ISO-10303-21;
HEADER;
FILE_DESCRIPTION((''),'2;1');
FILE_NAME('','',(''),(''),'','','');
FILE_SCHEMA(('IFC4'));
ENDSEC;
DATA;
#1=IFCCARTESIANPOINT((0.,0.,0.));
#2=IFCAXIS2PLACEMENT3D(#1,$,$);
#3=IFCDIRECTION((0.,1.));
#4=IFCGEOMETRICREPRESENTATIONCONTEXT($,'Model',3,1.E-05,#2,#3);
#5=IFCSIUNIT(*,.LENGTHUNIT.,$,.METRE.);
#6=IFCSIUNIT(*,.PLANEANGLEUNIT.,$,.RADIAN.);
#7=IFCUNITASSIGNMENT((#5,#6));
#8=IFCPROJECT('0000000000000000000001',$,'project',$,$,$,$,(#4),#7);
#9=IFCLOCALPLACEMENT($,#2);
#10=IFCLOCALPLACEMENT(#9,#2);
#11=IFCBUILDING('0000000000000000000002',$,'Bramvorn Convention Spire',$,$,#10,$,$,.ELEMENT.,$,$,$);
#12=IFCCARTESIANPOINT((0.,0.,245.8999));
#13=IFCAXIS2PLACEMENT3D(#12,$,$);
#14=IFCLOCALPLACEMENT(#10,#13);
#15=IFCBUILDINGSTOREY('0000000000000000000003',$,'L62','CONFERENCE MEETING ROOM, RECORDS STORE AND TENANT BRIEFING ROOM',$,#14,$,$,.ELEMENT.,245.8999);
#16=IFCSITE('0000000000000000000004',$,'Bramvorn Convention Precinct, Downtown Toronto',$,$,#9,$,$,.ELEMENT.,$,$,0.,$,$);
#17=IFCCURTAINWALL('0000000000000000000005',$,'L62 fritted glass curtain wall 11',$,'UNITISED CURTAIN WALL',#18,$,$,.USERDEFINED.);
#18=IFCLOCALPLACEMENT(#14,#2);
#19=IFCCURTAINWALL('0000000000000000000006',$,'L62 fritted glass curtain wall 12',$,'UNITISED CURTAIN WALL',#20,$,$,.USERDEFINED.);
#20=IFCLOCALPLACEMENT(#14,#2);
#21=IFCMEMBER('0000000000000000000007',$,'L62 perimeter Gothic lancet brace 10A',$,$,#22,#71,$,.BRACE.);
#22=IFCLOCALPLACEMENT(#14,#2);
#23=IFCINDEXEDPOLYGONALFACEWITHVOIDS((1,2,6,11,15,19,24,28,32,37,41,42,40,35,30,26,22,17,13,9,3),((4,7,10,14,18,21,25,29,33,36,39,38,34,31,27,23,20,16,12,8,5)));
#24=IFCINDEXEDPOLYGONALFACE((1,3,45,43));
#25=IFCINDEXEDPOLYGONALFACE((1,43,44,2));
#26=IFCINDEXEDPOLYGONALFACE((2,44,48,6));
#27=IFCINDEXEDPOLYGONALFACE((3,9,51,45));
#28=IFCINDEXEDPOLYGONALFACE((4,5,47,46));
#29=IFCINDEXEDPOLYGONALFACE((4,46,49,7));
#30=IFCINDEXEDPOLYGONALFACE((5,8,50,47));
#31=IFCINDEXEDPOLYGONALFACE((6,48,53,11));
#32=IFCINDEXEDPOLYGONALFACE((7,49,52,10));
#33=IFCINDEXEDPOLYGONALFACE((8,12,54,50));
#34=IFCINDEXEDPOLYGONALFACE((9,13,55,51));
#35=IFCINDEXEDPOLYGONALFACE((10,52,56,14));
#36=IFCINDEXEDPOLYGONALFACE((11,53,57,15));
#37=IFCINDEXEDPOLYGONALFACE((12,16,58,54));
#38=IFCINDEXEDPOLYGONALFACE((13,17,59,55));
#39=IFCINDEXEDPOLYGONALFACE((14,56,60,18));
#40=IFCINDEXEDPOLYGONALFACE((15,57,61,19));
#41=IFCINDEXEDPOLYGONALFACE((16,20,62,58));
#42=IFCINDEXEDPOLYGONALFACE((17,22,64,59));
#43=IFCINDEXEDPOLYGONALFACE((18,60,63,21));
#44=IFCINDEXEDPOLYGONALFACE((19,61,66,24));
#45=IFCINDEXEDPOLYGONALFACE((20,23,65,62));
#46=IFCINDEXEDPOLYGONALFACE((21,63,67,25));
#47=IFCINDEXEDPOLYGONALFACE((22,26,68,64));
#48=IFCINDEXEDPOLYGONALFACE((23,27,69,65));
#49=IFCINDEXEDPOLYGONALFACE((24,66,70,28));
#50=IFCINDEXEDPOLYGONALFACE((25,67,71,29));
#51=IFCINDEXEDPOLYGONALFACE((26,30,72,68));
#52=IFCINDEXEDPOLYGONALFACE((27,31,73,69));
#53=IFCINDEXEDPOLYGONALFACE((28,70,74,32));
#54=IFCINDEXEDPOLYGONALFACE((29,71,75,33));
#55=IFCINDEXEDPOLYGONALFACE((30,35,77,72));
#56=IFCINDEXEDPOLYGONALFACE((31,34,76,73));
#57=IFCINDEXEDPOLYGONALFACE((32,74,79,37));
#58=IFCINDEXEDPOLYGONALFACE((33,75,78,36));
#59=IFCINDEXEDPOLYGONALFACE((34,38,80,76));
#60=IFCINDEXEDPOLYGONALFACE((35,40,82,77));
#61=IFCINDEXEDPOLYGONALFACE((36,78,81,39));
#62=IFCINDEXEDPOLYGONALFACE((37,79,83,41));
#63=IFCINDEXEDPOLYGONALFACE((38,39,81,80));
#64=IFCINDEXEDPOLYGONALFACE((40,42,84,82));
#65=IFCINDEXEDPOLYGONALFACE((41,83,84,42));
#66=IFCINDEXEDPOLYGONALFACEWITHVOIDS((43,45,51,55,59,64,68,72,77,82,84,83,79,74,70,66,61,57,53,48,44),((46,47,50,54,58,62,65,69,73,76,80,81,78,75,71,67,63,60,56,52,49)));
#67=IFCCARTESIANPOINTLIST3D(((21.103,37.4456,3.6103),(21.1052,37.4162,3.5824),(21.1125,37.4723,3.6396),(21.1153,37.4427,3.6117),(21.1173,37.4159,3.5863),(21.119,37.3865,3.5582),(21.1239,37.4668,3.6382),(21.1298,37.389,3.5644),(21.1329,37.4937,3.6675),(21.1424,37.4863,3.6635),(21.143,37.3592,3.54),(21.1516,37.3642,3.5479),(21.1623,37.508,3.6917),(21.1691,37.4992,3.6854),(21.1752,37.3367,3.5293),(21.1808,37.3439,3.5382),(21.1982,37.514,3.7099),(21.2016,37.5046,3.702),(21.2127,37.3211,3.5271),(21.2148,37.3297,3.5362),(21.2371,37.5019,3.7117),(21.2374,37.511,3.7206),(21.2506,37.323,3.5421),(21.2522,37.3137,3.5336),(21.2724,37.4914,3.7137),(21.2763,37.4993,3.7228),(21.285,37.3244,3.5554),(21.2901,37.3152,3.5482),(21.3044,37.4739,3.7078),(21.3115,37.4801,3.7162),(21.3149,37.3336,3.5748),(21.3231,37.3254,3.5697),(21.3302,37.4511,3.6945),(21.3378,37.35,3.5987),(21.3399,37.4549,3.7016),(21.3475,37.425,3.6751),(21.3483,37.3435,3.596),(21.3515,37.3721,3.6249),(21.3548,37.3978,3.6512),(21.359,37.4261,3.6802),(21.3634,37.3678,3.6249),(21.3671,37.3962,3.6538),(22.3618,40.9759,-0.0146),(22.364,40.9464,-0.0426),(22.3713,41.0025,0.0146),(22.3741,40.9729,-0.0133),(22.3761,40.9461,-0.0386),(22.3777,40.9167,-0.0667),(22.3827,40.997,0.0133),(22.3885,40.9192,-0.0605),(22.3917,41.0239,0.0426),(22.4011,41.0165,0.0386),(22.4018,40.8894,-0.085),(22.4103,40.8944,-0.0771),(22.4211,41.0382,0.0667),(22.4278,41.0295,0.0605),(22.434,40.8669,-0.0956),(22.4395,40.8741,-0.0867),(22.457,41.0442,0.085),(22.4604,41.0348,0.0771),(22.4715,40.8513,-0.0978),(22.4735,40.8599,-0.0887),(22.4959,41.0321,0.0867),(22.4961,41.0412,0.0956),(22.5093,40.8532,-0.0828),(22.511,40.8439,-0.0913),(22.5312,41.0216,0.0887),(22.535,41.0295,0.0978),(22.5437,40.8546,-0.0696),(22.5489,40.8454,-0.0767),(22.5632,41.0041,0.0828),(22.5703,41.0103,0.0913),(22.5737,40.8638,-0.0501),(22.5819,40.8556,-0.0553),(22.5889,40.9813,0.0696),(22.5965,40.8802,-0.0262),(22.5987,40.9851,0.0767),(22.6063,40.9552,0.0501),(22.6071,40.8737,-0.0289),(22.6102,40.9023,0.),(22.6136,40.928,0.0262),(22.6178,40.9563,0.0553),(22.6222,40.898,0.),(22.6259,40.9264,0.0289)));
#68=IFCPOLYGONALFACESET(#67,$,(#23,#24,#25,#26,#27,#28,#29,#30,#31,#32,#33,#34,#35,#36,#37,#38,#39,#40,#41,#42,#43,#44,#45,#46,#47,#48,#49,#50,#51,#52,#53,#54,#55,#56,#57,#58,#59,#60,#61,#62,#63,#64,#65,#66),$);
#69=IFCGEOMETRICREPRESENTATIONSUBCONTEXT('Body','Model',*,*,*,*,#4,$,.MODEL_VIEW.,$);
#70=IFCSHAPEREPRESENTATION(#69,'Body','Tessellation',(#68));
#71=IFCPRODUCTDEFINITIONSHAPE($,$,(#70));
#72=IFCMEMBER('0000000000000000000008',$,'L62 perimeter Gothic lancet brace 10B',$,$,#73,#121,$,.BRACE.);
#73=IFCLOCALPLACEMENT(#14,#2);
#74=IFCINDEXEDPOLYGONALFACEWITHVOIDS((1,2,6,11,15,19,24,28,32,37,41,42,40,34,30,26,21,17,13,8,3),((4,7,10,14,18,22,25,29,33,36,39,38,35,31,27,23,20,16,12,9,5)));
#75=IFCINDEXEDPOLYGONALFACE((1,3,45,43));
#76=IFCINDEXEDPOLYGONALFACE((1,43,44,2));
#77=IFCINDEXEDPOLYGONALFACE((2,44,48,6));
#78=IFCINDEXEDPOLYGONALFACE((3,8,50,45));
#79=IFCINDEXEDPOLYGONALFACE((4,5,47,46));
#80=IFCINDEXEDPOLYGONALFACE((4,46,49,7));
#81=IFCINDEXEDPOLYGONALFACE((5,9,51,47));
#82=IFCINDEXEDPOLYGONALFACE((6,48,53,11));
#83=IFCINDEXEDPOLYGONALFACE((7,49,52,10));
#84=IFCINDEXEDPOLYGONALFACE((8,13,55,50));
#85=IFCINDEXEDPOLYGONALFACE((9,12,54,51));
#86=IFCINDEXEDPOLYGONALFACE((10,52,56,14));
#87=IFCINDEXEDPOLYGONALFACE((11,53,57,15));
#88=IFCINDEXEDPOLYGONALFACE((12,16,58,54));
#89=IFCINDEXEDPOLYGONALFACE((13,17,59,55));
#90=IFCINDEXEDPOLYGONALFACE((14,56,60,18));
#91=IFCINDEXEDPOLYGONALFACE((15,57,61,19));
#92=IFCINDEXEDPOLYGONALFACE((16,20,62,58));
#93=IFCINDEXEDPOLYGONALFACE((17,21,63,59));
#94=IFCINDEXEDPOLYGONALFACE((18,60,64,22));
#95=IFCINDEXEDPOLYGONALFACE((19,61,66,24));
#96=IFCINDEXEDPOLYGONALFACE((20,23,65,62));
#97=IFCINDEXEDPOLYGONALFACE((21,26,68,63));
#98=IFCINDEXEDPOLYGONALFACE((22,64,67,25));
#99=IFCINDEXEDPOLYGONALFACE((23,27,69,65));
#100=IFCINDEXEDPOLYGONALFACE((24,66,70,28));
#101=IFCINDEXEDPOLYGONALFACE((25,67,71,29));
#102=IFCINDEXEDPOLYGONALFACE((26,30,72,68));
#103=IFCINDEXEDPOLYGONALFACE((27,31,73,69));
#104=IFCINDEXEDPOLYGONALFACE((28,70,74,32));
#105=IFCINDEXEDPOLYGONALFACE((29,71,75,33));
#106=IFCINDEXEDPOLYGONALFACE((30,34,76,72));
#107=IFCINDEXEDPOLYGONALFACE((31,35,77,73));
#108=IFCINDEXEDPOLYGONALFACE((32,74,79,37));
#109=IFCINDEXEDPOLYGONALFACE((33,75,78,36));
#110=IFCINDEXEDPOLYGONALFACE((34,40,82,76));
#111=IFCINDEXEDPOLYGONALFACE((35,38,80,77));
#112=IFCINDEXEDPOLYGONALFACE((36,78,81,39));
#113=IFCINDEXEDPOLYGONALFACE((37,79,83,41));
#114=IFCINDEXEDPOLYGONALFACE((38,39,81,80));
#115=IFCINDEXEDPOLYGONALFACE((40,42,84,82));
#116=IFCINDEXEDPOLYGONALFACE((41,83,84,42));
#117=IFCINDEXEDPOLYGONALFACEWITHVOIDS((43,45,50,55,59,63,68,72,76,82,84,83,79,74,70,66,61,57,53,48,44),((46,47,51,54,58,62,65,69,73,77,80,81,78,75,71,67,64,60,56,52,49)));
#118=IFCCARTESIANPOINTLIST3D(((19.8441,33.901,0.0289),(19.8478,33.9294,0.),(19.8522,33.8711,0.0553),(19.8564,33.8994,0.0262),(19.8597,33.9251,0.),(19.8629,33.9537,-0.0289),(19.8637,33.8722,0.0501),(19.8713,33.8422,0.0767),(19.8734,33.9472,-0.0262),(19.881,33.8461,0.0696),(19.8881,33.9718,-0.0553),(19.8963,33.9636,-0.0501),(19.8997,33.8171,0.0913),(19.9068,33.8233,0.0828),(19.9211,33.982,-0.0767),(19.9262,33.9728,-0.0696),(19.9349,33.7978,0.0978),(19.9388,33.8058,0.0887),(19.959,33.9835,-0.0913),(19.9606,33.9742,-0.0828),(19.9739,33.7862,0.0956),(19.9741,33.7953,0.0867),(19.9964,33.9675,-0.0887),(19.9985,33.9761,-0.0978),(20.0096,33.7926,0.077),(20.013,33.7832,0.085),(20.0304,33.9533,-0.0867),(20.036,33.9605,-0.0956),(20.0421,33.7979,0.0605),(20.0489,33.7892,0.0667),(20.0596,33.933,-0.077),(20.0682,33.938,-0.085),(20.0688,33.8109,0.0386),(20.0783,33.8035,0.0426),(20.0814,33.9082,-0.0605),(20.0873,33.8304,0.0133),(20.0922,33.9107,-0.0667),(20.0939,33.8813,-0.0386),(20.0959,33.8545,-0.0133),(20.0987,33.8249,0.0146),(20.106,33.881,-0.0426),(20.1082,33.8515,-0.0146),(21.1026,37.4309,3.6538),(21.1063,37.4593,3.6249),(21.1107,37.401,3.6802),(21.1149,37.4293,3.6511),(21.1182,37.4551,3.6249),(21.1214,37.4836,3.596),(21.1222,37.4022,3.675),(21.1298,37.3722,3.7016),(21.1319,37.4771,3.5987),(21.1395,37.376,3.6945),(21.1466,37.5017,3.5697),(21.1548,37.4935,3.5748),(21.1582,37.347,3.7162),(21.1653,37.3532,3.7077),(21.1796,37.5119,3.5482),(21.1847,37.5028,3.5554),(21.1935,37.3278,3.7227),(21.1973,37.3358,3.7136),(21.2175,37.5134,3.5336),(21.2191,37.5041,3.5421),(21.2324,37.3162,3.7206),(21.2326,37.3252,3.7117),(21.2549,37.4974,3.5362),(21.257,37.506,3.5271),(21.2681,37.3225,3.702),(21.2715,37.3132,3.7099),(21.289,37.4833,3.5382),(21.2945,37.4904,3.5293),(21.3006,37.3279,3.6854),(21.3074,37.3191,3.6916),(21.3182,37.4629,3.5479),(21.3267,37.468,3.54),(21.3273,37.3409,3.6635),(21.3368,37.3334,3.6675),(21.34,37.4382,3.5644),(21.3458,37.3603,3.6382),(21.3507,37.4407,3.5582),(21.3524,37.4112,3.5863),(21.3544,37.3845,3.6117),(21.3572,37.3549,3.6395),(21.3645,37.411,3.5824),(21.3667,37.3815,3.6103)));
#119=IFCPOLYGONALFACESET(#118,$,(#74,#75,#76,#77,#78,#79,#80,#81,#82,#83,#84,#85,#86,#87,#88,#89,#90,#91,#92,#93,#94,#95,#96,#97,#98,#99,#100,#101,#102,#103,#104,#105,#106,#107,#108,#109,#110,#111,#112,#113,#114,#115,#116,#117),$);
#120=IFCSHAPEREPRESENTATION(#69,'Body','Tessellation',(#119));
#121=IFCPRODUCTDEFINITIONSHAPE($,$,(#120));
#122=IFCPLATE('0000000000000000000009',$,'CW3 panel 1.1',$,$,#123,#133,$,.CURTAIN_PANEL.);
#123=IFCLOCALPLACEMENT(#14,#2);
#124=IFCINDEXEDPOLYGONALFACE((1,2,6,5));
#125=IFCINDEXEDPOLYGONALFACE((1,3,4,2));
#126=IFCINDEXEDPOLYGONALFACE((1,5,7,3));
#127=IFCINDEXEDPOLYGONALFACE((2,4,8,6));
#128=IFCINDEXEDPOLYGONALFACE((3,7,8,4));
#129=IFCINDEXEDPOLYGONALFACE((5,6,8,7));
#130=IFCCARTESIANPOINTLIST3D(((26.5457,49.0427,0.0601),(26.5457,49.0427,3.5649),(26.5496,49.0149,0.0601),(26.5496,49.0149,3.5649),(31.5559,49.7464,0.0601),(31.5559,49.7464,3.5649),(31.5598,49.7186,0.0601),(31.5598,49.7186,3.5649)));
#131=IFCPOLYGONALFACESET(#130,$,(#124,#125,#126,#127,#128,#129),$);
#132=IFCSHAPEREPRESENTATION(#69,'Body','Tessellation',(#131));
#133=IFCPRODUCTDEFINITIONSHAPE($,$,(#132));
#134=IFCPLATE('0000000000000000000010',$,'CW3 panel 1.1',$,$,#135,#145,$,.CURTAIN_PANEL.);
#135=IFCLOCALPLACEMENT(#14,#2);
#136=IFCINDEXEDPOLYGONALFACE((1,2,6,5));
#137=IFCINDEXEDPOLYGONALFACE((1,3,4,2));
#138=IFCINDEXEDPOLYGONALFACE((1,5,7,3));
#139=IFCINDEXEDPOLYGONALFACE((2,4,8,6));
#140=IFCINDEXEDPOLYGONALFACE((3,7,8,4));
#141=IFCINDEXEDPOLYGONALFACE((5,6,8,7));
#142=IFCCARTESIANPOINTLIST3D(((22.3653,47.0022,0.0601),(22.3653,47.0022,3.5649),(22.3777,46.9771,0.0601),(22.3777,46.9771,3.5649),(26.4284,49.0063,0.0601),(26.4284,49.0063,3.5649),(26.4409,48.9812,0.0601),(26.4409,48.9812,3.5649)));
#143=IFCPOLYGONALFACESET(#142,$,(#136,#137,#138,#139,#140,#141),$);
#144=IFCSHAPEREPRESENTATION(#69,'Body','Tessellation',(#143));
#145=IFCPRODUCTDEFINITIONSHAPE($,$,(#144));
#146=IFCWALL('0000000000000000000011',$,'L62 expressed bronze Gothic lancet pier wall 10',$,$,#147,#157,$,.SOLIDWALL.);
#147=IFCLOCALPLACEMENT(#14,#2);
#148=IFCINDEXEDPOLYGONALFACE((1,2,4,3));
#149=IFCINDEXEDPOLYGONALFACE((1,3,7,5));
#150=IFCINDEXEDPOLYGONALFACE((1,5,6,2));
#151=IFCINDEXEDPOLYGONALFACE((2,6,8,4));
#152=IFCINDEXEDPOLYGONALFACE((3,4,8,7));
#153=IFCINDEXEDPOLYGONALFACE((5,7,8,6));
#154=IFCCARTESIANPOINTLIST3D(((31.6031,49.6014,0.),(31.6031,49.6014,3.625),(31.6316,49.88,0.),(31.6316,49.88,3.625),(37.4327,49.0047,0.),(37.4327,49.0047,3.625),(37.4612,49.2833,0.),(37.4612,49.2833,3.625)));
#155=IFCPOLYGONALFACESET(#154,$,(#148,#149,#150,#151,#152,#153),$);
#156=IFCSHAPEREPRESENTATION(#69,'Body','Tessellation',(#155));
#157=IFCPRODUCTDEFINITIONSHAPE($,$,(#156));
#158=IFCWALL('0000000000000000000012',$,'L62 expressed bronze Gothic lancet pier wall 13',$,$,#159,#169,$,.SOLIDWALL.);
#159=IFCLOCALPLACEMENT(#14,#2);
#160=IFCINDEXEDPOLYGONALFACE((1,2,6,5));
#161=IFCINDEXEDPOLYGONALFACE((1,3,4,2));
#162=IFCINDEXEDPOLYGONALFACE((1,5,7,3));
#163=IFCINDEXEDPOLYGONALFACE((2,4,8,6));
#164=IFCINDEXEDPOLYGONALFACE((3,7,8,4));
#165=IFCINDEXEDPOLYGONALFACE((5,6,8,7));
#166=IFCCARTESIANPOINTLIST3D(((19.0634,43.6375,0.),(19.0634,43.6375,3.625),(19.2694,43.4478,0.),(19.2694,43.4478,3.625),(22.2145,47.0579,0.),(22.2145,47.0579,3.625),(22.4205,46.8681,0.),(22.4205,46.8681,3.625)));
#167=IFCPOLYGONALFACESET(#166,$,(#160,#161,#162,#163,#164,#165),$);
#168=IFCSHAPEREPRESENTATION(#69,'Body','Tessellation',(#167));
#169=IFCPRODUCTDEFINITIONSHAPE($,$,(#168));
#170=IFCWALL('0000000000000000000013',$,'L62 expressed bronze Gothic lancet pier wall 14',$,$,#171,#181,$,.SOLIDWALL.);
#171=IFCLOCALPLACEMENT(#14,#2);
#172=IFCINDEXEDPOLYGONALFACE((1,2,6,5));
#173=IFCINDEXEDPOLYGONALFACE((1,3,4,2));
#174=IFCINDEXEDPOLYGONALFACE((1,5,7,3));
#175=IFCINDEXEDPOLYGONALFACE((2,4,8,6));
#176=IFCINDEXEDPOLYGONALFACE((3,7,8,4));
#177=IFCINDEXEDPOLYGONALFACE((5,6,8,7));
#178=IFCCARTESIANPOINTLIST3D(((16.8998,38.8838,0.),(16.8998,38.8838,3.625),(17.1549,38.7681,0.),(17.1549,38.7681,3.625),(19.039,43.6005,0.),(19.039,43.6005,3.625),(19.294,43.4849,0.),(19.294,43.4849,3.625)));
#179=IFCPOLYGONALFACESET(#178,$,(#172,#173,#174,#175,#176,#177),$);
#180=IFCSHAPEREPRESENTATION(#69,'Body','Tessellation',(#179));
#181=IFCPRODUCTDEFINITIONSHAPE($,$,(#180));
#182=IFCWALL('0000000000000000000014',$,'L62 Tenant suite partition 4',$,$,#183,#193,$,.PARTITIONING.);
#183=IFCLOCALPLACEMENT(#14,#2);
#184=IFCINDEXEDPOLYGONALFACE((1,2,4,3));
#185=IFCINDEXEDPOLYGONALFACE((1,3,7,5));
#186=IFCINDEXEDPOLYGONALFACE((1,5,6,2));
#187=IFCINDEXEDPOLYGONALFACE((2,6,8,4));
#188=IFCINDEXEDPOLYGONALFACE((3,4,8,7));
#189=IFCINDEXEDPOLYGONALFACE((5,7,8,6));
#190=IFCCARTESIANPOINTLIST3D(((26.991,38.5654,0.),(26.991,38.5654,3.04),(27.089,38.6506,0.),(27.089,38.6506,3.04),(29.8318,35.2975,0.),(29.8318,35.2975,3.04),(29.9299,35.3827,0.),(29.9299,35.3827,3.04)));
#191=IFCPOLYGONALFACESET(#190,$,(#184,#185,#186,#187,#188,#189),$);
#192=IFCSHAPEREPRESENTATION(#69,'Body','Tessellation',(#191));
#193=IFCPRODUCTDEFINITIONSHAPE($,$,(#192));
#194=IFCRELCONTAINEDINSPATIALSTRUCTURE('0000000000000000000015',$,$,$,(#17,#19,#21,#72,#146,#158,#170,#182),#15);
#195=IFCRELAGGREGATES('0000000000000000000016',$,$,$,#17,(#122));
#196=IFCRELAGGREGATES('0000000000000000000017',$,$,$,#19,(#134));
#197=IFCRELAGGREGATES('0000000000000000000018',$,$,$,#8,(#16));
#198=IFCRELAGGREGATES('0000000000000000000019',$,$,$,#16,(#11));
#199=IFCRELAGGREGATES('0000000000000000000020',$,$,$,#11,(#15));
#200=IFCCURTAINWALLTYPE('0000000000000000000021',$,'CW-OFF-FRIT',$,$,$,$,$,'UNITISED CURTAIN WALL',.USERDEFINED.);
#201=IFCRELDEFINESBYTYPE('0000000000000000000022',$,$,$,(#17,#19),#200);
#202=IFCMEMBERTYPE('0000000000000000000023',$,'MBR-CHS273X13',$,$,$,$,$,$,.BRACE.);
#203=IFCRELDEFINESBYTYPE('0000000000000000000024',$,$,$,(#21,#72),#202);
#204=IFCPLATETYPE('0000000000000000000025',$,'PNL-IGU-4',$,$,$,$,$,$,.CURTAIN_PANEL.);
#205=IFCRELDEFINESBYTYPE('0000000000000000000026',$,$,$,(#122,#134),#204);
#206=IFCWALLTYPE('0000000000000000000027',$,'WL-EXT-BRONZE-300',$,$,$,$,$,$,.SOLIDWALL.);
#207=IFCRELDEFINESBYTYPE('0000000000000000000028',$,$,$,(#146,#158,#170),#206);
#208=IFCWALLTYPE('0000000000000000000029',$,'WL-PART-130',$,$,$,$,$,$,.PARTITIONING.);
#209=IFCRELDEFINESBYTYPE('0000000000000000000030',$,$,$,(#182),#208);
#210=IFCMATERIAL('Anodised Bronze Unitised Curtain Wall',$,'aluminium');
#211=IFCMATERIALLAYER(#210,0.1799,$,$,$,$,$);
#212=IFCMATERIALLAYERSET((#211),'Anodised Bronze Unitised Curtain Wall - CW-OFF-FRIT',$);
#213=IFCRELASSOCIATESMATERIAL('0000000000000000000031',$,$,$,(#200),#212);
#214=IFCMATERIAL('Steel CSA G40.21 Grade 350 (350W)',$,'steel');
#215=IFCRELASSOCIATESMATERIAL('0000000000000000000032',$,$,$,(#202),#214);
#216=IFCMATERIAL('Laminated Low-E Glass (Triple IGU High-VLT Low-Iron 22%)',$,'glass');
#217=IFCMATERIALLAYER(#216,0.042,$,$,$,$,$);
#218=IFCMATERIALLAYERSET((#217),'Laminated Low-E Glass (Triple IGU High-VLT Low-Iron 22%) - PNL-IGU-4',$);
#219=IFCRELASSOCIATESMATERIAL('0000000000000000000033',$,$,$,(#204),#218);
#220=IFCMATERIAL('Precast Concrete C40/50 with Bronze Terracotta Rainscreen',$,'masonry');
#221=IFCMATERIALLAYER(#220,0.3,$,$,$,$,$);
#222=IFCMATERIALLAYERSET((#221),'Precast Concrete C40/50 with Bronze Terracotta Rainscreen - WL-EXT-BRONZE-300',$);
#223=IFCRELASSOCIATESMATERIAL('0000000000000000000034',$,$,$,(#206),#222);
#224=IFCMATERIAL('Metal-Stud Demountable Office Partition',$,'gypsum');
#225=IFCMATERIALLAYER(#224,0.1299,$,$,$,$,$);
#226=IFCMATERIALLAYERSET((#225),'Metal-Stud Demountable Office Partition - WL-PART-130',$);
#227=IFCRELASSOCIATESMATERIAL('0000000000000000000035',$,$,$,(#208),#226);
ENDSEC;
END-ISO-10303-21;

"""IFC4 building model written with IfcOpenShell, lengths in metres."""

from ifc_helpers import new_model, si_unit, direction, frame, frame_2d, origin, origin_2d, place, context, subcontext, project, spatial, rectangle, hollow_circle, extrude, material, layer, layer_set, material_profile, profile_set, type_object, element, aggregate, save


model = new_model("IFC4")

# Units and contexts
model_context = context("Model", 3, precision=1e-05, world=origin(), true_north=direction((0.0, 1.0)))
body_context = subcontext(model_context, "Body", "Model", "MODEL_VIEW")
ifc_project = project(units=[si_unit("LENGTHUNIT", "METRE"), si_unit("PLANEANGLEUNIT", "RADIAN")], contexts=[model_context])

# Site, building, storey
site_placement = place(None, origin())
site = spatial("IfcSite", under=ifc_project, at=site_placement, Name="Bramvorn Convention Precinct, Downtown Toronto", CompositionType="ELEMENT", RefElevation=0.0)
building_placement = place(site_placement, origin())
building = spatial("IfcBuilding", under=site, at=building_placement, Name="Bramvorn Convention Spire", CompositionType="ELEMENT")
storey_placement = place(building_placement, frame((0.0, 0.0, 245.8999)))
storey = spatial("IfcBuildingStorey", under=building, at=storey_placement, Name="L62", Description="CONFERENCE MEETING ROOM, RECORDS STORE AND TENANT BRIEFING ROOM", CompositionType="ELEMENT", Elevation=245.8999)

# Shared definitions
ifc_material_1 = material(Name="Steel CSA G40.21 Grade 350 (350W)", Category="steel")

# Curtain walls
ifc_material_2 = material(Name="Anodised Bronze Unitised Curtain Wall", Category="aluminium")
ifc_layer_1 = layer(ifc_material_2, 0.1799)
ifc_layer_set_1 = layer_set([ifc_layer_1], Name="Anodised Bronze Unitised Curtain Wall - CW-OFF-FRIT")
curtain_wall_type = type_object("IfcCurtainWallType", Name="CW-OFF-FRIT", ElementType="UNITISED CURTAIN WALL", PredefinedType="USERDEFINED", material=ifc_layer_set_1)
curtain_wall_1_placement = place(storey_placement, origin())
curtain_wall_1 = element("IfcCurtainWall", 1, at=curtain_wall_1_placement, inside=storey, type_object=curtain_wall_type, Name="L62 fritted glass curtain wall 11", ObjectType="UNITISED CURTAIN WALL", PredefinedType="USERDEFINED")
curtain_wall_2_placement = place(storey_placement, origin())
curtain_wall_2 = element("IfcCurtainWall", 2, at=curtain_wall_2_placement, inside=storey, type_object=curtain_wall_type, Name="L62 fritted glass curtain wall 12", ObjectType="UNITISED CURTAIN WALL", PredefinedType="USERDEFINED")

# Members
ifc_material_profile_1 = material_profile(ifc_material_1, hollow_circle(Radius=0.1365, WallThickness=0.0127, at=origin_2d()))
ifc_profile_set_1 = profile_set([ifc_material_profile_1], Name="Steel CSA G40.21 Grade 350 (350W) - CHS273X13")
member_type_1 = type_object("IfcMemberType", Name="MBR-CHS273X13", PredefinedType="BRACE", material=ifc_profile_set_1)
member_1_placement = place(storey_placement, frame((22.4937, 40.9438, 0.0), z_axis=(-0.241415, -0.677048, 0.695215), x_axis=(0.941913, -0.335858, 0.0)))
element("IfcMember", 3, at=member_1_placement, inside=storey, type_object=member_type_1, Name="L62 perimeter Gothic lancet brace 10A", PredefinedType="BRACE", context=body_context, shape_type="SweptSolid", body=[
    extrude(hollow_circle(Radius=0.1365, WallThickness=0.0127, at=origin_2d()), origin(), (0.0, 0.0, 1.0), 5.2141),
])
member_2_placement = place(storey_placement, frame((19.9763, 33.8835, 0.0), z_axis=(0.241379, 0.677031, 0.695245), x_axis=(-0.941926, 0.33582, 0.0)))
element("IfcMember", 4, at=member_2_placement, inside=storey, type_object=member_type_1, Name="L62 perimeter Gothic lancet brace 10B", PredefinedType="BRACE", context=body_context, shape_type="SweptSolid", body=[
    extrude(hollow_circle(Radius=0.1365, WallThickness=0.0127, at=origin_2d()), origin(), (0.0, 0.0, 1.0), 5.2139),
])

# Plates
ifc_material_3 = material(Name="Laminated Low-E Glass (Triple IGU High-VLT Low-Iron 22%)", Category="glass")
ifc_layer_2 = layer(ifc_material_3, 0.042)
ifc_layer_set_2 = layer_set([ifc_layer_2], Name="Laminated Low-E Glass (Triple IGU High-VLT Low-Iron 22%) - PNL-IGU-4")
plate_type = type_object("IfcPlateType", Name="PNL-IGU-4", PredefinedType="CURTAIN_PANEL", material=ifc_layer_set_2)
plate_1_placement = place(storey_placement, frame((29.0527, 49.3806, 0.0601), z_axis=(0.0, 0.0, 1.0), x_axis=(0.990279, 0.139094, 0.0)))
plate_1 = element("IfcPlate", 5, at=plate_1_placement, type_object=plate_type, Name="CW3 panel 1.1", PredefinedType="CURTAIN_PANEL", context=body_context, shape_type="SweptSolid", body=[
    extrude(rectangle(XDim=5.0593, YDim=0.0281, at=origin_2d()), origin(), (0.0, 0.0, 1.0), 3.5049),
])
aggregate(curtain_wall_1, [plate_1])
plate_2_placement = place(storey_placement, frame((24.4031, 47.9917, 0.0601), z_axis=(0.0, 0.0, 1.0), x_axis=(0.89684, 0.442356, 0.0)))
plate_2 = element("IfcPlate", 6, at=plate_2_placement, type_object=plate_type, Name="CW3 panel 1.1", PredefinedType="CURTAIN_PANEL", context=body_context, shape_type="SweptSolid", body=[
    extrude(rectangle(XDim=4.5305, YDim=0.0281, at=origin_2d()), origin(), (0.0, 0.0, 1.0), 3.5049),
])
aggregate(curtain_wall_2, [plate_2])

# Walls
ifc_material_4 = material(Name="Precast Concrete C40/50 with Bronze Terracotta Rainscreen", Category="masonry")
ifc_layer_3 = layer(ifc_material_4, 0.3)
ifc_layer_set_3 = layer_set([ifc_layer_3], Name="Precast Concrete C40/50 with Bronze Terracotta Rainscreen - WL-EXT-BRONZE-300")
wall_type_1 = type_object("IfcWallType", Name="WL-EXT-BRONZE-300", PredefinedType="SOLIDWALL", material=ifc_layer_set_3)
wall_1_placement = place(storey_placement, frame((31.6172, 49.7407, 0.0), z_axis=(0.0, 0.0, 1.0), x_axis=(0.994803, -0.101822, 0.0)))
element("IfcWall", 7, at=wall_1_placement, inside=storey, type_object=wall_type_1, Name="L62 expressed bronze Gothic lancet pier wall 10", PredefinedType="SOLIDWALL", context=body_context, shape_type="SweptSolid", body=[
    extrude(rectangle(XDim=5.8601, YDim=0.28, at=frame_2d((2.9302, 0.0))), origin(), (0.0, 0.0, 1.0), 3.625),
])
wall_2_placement = place(storey_placement, frame((19.1665, 43.5427, 0.0), z_axis=(0.0, 0.0, 1.0), x_axis=(0.677562, 0.735465, 0.0)))
element("IfcWall", 8, at=wall_2_placement, inside=storey, type_object=wall_type_1, Name="L62 expressed bronze Gothic lancet pier wall 13", PredefinedType="SOLIDWALL", context=body_context, shape_type="SweptSolid", body=[
    extrude(rectangle(XDim=4.6506, YDim=0.28, at=frame_2d((2.3252, 0.0))), origin(), (0.0, 0.0, 1.0), 3.625),
])
wall_3_placement = place(storey_placement, frame((17.0273, 38.8259, 0.0), z_axis=(0.0, 0.0, 1.0), x_axis=(0.413029, 0.910718, 0.0)))
element("IfcWall", 9, at=wall_3_placement, inside=storey, type_object=wall_type_1, Name="L62 expressed bronze Gothic lancet pier wall 14", PredefinedType="SOLIDWALL", context=body_context, shape_type="SweptSolid", body=[
    extrude(rectangle(XDim=5.1792, YDim=0.28, at=frame_2d((2.5896, 0.0))), origin(), (0.0, 0.0, 1.0), 3.625),
])
ifc_material_5 = material(Name="Metal-Stud Demountable Office Partition", Category="gypsum")
ifc_layer_4 = layer(ifc_material_5, 0.1299)
ifc_layer_set_4 = layer_set([ifc_layer_4], Name="Metal-Stud Demountable Office Partition - WL-PART-130")
wall_type_2 = type_object("IfcWallType", Name="WL-PART-130", PredefinedType="PARTITIONING", material=ifc_layer_set_4)
wall_4_placement = place(storey_placement, frame((29.8809, 35.3401, 0.0), z_axis=(0.0, 0.0, 1.0), x_axis=(-0.656078, 0.754693, 0.0)))
element("IfcWall", 10, at=wall_4_placement, inside=storey, type_object=wall_type_2, Name="L62 Tenant suite partition 4", PredefinedType="PARTITIONING", context=body_context, shape_type="SweptSolid", body=[
    extrude(rectangle(XDim=4.3301, YDim=0.1299, at=frame_2d((2.165, 0.0))), origin(), (0.0, 0.0, 1.0), 3.04),
])

save(model, "model.ifc")
